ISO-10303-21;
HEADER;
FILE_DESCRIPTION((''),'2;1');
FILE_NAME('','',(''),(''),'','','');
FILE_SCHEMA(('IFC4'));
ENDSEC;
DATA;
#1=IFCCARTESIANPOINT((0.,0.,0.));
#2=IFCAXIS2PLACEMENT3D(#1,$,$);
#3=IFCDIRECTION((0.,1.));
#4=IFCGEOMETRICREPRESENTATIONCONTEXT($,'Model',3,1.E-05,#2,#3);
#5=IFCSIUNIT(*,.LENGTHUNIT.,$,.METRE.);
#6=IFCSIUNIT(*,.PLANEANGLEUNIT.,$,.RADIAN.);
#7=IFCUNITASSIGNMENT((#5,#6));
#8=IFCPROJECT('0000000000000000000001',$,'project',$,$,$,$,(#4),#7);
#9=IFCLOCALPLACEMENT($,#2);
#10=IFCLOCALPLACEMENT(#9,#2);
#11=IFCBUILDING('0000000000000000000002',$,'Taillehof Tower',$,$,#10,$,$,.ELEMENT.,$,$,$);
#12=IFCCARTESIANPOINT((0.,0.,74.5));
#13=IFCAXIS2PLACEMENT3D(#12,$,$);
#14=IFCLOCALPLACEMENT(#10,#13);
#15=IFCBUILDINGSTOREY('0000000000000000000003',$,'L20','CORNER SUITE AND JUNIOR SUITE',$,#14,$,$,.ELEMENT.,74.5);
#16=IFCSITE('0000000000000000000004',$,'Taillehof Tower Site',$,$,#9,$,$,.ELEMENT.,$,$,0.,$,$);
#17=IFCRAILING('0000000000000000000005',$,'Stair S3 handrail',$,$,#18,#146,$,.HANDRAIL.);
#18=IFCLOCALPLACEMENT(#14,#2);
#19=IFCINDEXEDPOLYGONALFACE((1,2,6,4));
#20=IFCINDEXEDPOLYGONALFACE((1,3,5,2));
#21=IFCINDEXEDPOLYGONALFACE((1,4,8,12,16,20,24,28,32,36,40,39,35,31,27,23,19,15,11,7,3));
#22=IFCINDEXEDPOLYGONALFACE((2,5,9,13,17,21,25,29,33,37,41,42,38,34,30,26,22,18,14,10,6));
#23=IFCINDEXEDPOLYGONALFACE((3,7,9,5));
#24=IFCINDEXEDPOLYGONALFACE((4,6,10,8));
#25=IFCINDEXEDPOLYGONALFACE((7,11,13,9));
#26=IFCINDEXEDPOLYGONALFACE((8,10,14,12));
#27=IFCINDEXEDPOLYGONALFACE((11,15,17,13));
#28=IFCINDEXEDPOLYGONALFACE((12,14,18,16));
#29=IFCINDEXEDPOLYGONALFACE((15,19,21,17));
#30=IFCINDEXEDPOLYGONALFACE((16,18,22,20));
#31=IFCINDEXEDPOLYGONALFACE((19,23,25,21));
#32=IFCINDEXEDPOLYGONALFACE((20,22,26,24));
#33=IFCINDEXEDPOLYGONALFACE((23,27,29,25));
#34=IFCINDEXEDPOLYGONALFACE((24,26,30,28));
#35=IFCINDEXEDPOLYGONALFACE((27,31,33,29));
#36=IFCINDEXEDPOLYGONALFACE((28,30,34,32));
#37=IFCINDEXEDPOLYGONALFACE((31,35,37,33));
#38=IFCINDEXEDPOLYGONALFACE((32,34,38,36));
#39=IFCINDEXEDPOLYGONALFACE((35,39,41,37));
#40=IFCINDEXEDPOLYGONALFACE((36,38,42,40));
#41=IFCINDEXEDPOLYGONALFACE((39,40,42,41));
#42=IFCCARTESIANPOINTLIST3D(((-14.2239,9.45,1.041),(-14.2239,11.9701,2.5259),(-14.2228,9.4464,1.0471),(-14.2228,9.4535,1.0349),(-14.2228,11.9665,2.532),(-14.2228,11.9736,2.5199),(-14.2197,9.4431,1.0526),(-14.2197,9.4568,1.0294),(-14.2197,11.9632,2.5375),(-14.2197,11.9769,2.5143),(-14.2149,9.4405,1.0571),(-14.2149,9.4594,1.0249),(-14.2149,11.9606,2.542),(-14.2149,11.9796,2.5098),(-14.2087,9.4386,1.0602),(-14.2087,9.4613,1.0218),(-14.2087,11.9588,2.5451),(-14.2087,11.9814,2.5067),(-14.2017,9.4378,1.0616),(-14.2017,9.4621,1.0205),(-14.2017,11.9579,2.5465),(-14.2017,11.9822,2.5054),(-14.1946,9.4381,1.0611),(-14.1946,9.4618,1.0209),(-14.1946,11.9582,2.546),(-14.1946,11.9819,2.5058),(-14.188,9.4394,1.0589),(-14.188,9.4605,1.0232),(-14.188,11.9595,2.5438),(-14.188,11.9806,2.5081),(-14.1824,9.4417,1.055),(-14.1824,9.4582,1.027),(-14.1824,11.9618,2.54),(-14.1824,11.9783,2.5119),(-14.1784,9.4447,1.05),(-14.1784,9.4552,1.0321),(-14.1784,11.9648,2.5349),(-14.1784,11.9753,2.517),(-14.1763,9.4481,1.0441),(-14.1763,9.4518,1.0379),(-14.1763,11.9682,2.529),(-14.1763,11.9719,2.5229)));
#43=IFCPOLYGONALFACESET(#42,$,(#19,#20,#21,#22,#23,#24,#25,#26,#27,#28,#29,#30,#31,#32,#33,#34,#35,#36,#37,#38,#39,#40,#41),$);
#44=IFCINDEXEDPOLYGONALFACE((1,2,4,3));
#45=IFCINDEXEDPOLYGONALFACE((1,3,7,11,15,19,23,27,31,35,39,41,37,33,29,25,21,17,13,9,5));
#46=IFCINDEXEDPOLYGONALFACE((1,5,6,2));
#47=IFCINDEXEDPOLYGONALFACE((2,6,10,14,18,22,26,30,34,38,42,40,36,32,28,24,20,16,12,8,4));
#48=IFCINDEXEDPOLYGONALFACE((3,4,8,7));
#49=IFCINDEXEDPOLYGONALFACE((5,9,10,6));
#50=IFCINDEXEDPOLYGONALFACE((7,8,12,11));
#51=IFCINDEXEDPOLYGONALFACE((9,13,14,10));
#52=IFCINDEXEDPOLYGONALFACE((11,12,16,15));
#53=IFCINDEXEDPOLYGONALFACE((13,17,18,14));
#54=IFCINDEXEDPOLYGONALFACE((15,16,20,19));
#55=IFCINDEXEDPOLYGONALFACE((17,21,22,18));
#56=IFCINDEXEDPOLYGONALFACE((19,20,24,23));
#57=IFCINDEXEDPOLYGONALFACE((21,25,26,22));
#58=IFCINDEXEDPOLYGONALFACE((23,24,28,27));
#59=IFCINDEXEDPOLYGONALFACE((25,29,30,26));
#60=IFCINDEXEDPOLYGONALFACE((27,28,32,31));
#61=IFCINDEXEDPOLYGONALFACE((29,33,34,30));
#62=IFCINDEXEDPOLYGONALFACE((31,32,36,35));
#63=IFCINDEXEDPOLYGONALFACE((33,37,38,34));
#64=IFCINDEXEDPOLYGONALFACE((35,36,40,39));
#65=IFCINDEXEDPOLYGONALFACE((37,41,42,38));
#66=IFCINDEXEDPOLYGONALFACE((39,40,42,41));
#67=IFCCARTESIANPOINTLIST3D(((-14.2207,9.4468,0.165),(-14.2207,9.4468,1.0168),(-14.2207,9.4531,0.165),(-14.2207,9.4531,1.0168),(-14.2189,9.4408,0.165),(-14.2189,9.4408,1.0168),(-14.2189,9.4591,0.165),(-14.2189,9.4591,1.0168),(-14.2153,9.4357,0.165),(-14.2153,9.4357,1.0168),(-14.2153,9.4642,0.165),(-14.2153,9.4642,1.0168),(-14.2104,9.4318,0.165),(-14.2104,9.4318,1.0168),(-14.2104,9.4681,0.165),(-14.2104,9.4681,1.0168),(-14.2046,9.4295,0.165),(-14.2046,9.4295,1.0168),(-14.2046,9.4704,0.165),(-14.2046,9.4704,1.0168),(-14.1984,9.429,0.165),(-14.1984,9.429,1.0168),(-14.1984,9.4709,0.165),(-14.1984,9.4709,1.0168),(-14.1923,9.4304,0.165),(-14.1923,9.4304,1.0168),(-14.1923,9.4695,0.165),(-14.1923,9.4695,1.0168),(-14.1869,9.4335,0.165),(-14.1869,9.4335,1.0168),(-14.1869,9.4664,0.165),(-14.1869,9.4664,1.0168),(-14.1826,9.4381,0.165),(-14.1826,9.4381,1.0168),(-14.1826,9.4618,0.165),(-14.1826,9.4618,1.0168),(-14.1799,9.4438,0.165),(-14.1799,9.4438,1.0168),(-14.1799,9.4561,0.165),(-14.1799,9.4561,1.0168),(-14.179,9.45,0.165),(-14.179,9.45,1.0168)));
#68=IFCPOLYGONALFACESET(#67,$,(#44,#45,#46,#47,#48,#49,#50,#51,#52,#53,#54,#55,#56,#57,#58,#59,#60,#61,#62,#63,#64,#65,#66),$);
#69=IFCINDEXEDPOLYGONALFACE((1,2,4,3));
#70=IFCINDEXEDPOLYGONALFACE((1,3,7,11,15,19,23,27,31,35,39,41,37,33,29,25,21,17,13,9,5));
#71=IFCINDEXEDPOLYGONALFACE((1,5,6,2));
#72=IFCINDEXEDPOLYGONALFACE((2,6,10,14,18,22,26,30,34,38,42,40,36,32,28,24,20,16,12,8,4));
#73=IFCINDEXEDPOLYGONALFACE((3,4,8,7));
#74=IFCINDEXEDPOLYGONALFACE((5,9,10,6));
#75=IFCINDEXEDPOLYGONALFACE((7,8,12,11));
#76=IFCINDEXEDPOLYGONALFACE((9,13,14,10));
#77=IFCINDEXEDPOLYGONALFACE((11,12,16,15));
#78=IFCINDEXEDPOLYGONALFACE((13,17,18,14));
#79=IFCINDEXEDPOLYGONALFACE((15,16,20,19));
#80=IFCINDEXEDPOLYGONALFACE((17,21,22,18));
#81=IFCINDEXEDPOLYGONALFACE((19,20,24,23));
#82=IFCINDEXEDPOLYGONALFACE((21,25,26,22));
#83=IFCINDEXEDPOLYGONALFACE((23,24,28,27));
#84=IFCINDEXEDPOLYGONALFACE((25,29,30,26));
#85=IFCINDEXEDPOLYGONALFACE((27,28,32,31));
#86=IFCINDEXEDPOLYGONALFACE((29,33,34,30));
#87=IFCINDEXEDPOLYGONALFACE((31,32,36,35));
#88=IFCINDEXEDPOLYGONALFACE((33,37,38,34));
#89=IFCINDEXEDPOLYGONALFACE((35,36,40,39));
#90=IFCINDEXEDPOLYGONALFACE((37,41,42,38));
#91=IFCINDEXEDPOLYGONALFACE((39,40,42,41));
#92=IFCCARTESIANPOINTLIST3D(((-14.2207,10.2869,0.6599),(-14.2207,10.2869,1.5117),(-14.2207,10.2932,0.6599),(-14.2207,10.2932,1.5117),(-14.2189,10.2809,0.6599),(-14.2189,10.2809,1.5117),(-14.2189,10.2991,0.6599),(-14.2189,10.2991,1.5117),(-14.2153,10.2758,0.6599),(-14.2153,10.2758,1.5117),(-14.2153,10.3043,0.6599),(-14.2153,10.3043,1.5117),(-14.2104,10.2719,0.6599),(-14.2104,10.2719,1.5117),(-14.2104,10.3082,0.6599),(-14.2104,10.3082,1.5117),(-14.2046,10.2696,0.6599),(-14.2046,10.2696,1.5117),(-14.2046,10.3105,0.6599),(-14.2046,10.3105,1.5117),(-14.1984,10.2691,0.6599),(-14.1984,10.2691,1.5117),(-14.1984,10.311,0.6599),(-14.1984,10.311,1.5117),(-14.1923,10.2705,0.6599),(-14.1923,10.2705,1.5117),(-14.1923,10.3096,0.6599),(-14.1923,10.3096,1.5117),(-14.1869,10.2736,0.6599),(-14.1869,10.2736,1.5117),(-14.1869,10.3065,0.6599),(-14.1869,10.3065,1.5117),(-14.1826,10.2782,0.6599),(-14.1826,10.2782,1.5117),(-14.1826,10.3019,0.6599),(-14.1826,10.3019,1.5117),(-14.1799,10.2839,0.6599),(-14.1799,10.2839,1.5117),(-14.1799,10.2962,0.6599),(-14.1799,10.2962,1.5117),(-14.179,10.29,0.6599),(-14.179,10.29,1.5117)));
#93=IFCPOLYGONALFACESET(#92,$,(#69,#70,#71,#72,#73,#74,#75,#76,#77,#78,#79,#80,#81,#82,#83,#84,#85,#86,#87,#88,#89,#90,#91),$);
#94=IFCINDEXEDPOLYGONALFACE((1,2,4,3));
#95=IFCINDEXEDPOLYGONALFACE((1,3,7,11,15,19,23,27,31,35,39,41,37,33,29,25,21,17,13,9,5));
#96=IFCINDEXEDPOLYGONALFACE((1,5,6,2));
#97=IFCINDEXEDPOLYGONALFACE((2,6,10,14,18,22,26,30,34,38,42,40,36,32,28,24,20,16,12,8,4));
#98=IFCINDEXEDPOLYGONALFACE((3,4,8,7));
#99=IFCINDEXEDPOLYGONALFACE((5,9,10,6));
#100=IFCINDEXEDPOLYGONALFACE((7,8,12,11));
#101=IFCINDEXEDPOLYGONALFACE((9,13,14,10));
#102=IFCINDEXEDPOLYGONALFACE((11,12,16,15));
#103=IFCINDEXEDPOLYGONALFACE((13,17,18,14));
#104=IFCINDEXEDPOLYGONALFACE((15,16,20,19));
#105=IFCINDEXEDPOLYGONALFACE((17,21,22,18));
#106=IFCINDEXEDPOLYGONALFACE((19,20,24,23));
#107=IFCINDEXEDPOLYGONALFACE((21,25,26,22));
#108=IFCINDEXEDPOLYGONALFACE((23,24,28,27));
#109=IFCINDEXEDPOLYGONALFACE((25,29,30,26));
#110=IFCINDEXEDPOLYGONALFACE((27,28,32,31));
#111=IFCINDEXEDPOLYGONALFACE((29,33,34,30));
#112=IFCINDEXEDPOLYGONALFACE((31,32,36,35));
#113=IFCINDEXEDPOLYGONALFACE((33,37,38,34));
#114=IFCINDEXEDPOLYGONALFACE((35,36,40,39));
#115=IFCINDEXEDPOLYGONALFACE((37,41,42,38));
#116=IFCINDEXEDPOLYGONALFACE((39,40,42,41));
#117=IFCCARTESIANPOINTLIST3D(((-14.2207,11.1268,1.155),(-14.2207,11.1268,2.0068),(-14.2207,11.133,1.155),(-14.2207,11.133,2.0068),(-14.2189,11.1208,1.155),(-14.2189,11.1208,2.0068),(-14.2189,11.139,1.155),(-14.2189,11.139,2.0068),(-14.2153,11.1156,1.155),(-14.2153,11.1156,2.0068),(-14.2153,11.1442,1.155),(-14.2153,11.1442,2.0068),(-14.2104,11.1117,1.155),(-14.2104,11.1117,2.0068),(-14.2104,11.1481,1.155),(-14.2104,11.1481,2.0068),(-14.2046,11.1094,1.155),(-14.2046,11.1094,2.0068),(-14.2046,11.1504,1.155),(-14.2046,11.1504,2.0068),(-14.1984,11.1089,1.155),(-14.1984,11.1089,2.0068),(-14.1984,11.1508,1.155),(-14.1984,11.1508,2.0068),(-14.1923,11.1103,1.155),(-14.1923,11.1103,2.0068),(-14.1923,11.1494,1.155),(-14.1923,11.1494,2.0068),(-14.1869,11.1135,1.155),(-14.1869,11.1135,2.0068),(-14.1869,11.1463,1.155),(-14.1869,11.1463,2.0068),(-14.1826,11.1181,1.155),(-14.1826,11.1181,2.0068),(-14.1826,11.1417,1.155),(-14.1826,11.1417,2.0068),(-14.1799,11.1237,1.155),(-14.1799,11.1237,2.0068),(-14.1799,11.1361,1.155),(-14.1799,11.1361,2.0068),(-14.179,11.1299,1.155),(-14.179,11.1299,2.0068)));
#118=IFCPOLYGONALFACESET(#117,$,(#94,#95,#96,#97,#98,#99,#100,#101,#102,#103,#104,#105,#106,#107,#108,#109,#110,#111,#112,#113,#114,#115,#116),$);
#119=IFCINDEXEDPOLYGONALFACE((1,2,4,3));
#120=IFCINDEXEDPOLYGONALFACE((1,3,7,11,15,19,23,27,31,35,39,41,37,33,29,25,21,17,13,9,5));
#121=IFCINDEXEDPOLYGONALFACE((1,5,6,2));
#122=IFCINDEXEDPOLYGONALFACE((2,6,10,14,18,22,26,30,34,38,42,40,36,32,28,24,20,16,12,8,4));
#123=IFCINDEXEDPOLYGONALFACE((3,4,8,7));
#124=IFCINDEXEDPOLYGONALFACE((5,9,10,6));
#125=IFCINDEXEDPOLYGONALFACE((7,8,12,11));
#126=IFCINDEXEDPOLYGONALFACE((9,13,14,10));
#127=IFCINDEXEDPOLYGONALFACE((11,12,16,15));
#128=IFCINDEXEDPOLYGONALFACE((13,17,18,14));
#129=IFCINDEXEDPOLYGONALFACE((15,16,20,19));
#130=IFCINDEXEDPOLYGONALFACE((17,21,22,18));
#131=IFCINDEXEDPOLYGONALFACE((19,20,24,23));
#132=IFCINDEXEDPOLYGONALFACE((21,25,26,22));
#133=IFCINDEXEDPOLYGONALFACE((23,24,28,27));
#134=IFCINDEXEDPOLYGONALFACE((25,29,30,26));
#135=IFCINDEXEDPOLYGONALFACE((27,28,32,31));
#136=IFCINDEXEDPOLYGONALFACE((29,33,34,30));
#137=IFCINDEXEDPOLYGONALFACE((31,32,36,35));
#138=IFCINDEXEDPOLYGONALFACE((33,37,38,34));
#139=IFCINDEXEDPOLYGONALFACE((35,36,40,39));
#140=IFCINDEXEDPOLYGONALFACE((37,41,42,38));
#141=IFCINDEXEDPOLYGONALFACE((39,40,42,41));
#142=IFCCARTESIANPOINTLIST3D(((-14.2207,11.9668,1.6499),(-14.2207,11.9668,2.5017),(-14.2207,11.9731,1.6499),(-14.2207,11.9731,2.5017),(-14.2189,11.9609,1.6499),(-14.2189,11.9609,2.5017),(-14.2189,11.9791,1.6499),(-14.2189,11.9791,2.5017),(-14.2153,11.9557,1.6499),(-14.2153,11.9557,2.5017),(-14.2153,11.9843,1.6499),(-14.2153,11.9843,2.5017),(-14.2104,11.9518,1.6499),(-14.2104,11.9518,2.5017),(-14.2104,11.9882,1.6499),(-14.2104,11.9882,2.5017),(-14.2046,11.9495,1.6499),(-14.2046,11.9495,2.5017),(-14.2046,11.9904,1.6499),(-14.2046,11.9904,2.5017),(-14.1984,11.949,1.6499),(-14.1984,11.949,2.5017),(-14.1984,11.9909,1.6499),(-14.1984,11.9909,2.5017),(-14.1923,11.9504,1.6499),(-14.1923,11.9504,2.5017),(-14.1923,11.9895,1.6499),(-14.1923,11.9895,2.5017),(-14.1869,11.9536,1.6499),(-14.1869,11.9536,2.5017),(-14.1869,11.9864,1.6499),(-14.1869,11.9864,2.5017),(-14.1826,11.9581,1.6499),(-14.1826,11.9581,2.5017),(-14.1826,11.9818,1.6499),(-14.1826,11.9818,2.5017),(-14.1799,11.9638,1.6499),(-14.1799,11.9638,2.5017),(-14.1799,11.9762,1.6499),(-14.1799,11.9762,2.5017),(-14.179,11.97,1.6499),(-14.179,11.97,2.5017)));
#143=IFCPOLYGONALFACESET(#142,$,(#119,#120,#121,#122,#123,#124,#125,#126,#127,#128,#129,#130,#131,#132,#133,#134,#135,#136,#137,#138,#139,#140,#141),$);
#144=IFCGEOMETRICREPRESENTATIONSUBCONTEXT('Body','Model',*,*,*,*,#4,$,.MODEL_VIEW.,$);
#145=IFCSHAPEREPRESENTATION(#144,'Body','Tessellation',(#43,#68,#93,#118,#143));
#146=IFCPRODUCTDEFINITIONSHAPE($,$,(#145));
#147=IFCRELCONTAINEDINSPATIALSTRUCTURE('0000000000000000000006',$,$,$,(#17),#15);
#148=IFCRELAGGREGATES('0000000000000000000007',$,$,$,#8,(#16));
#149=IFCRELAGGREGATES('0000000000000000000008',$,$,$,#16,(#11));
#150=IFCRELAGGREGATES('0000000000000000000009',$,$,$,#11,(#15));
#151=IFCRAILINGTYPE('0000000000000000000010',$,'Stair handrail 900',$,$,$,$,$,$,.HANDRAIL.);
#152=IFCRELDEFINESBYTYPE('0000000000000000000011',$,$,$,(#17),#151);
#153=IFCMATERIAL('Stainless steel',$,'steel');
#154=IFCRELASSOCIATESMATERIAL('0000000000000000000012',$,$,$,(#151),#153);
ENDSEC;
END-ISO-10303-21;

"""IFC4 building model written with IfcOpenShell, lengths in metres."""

from ifc_helpers import new_model, si_unit, direction, frame, origin, origin_2d, place, context, subcontext, project, spatial, circle, extrude, material, type_object, element, save


model = new_model("IFC4")

# Units and contexts
model_context = context("Model", 3, precision=1e-05, world=origin(), true_north=direction((0.0, 1.0)))
body_context = subcontext(model_context, "Body", "Model", "MODEL_VIEW")
ifc_project = project(units=[si_unit("LENGTHUNIT", "METRE"), si_unit("PLANEANGLEUNIT", "RADIAN")], contexts=[model_context])

# Site, building, storey
site_placement = place(None, origin())
site = spatial("IfcSite", under=ifc_project, at=site_placement, Name="Taillehof Tower Site", CompositionType="ELEMENT", RefElevation=0.0)
building_placement = place(site_placement, origin())
building = spatial("IfcBuilding", under=site, at=building_placement, Name="Taillehof Tower", CompositionType="ELEMENT")
storey_placement = place(building_placement, frame((0.0, 0.0, 74.5)))
storey = spatial("IfcBuildingStorey", under=building, at=storey_placement, Name="L20", Description="CORNER SUITE AND JUNIOR SUITE", CompositionType="ELEMENT", Elevation=74.5)

# Railing
ifc_material_1 = material(Name="Stainless steel", Category="steel")
railing_type = type_object("IfcRailingType", Name="Stair handrail 900", PredefinedType="HANDRAIL", material=ifc_material_1)
railing_1_placement = place(storey_placement, frame((-14.2, 9.45, 0.165)))
element("IfcRailing", 1, at=railing_1_placement, inside=storey, type_object=railing_type, Name="Stair S3 handrail", PredefinedType="HANDRAIL", context=body_context, shape_type="SweptSolid", body=[
    extrude(circle(Radius=0.0239, at=origin_2d()), frame((0.0, 0.0, 0.876), z_axis=(0.0, 0.861561, 0.507655), x_axis=(-1.0, 0.0, 0.0)), (0.0, 0.0, 1.0), 2.925),
    extrude(circle(Radius=0.021, at=origin_2d()), origin(), (0.0, 0.0, 1.0), 0.8518),
    extrude(circle(Radius=0.021, at=origin_2d()), frame((0.0, 0.8401, 0.4949)), (0.0, 0.0, 1.0), 0.8518),
    extrude(circle(Radius=0.021, at=origin_2d()), frame((0.0, 1.6799, 0.99)), (0.0, 0.0, 1.0), 0.8518),
    extrude(circle(Radius=0.021, at=origin_2d()), frame((0.0, 2.52, 1.4849)), (0.0, 0.0, 1.0), 0.8518),
])

save(model, "model.ifc")
